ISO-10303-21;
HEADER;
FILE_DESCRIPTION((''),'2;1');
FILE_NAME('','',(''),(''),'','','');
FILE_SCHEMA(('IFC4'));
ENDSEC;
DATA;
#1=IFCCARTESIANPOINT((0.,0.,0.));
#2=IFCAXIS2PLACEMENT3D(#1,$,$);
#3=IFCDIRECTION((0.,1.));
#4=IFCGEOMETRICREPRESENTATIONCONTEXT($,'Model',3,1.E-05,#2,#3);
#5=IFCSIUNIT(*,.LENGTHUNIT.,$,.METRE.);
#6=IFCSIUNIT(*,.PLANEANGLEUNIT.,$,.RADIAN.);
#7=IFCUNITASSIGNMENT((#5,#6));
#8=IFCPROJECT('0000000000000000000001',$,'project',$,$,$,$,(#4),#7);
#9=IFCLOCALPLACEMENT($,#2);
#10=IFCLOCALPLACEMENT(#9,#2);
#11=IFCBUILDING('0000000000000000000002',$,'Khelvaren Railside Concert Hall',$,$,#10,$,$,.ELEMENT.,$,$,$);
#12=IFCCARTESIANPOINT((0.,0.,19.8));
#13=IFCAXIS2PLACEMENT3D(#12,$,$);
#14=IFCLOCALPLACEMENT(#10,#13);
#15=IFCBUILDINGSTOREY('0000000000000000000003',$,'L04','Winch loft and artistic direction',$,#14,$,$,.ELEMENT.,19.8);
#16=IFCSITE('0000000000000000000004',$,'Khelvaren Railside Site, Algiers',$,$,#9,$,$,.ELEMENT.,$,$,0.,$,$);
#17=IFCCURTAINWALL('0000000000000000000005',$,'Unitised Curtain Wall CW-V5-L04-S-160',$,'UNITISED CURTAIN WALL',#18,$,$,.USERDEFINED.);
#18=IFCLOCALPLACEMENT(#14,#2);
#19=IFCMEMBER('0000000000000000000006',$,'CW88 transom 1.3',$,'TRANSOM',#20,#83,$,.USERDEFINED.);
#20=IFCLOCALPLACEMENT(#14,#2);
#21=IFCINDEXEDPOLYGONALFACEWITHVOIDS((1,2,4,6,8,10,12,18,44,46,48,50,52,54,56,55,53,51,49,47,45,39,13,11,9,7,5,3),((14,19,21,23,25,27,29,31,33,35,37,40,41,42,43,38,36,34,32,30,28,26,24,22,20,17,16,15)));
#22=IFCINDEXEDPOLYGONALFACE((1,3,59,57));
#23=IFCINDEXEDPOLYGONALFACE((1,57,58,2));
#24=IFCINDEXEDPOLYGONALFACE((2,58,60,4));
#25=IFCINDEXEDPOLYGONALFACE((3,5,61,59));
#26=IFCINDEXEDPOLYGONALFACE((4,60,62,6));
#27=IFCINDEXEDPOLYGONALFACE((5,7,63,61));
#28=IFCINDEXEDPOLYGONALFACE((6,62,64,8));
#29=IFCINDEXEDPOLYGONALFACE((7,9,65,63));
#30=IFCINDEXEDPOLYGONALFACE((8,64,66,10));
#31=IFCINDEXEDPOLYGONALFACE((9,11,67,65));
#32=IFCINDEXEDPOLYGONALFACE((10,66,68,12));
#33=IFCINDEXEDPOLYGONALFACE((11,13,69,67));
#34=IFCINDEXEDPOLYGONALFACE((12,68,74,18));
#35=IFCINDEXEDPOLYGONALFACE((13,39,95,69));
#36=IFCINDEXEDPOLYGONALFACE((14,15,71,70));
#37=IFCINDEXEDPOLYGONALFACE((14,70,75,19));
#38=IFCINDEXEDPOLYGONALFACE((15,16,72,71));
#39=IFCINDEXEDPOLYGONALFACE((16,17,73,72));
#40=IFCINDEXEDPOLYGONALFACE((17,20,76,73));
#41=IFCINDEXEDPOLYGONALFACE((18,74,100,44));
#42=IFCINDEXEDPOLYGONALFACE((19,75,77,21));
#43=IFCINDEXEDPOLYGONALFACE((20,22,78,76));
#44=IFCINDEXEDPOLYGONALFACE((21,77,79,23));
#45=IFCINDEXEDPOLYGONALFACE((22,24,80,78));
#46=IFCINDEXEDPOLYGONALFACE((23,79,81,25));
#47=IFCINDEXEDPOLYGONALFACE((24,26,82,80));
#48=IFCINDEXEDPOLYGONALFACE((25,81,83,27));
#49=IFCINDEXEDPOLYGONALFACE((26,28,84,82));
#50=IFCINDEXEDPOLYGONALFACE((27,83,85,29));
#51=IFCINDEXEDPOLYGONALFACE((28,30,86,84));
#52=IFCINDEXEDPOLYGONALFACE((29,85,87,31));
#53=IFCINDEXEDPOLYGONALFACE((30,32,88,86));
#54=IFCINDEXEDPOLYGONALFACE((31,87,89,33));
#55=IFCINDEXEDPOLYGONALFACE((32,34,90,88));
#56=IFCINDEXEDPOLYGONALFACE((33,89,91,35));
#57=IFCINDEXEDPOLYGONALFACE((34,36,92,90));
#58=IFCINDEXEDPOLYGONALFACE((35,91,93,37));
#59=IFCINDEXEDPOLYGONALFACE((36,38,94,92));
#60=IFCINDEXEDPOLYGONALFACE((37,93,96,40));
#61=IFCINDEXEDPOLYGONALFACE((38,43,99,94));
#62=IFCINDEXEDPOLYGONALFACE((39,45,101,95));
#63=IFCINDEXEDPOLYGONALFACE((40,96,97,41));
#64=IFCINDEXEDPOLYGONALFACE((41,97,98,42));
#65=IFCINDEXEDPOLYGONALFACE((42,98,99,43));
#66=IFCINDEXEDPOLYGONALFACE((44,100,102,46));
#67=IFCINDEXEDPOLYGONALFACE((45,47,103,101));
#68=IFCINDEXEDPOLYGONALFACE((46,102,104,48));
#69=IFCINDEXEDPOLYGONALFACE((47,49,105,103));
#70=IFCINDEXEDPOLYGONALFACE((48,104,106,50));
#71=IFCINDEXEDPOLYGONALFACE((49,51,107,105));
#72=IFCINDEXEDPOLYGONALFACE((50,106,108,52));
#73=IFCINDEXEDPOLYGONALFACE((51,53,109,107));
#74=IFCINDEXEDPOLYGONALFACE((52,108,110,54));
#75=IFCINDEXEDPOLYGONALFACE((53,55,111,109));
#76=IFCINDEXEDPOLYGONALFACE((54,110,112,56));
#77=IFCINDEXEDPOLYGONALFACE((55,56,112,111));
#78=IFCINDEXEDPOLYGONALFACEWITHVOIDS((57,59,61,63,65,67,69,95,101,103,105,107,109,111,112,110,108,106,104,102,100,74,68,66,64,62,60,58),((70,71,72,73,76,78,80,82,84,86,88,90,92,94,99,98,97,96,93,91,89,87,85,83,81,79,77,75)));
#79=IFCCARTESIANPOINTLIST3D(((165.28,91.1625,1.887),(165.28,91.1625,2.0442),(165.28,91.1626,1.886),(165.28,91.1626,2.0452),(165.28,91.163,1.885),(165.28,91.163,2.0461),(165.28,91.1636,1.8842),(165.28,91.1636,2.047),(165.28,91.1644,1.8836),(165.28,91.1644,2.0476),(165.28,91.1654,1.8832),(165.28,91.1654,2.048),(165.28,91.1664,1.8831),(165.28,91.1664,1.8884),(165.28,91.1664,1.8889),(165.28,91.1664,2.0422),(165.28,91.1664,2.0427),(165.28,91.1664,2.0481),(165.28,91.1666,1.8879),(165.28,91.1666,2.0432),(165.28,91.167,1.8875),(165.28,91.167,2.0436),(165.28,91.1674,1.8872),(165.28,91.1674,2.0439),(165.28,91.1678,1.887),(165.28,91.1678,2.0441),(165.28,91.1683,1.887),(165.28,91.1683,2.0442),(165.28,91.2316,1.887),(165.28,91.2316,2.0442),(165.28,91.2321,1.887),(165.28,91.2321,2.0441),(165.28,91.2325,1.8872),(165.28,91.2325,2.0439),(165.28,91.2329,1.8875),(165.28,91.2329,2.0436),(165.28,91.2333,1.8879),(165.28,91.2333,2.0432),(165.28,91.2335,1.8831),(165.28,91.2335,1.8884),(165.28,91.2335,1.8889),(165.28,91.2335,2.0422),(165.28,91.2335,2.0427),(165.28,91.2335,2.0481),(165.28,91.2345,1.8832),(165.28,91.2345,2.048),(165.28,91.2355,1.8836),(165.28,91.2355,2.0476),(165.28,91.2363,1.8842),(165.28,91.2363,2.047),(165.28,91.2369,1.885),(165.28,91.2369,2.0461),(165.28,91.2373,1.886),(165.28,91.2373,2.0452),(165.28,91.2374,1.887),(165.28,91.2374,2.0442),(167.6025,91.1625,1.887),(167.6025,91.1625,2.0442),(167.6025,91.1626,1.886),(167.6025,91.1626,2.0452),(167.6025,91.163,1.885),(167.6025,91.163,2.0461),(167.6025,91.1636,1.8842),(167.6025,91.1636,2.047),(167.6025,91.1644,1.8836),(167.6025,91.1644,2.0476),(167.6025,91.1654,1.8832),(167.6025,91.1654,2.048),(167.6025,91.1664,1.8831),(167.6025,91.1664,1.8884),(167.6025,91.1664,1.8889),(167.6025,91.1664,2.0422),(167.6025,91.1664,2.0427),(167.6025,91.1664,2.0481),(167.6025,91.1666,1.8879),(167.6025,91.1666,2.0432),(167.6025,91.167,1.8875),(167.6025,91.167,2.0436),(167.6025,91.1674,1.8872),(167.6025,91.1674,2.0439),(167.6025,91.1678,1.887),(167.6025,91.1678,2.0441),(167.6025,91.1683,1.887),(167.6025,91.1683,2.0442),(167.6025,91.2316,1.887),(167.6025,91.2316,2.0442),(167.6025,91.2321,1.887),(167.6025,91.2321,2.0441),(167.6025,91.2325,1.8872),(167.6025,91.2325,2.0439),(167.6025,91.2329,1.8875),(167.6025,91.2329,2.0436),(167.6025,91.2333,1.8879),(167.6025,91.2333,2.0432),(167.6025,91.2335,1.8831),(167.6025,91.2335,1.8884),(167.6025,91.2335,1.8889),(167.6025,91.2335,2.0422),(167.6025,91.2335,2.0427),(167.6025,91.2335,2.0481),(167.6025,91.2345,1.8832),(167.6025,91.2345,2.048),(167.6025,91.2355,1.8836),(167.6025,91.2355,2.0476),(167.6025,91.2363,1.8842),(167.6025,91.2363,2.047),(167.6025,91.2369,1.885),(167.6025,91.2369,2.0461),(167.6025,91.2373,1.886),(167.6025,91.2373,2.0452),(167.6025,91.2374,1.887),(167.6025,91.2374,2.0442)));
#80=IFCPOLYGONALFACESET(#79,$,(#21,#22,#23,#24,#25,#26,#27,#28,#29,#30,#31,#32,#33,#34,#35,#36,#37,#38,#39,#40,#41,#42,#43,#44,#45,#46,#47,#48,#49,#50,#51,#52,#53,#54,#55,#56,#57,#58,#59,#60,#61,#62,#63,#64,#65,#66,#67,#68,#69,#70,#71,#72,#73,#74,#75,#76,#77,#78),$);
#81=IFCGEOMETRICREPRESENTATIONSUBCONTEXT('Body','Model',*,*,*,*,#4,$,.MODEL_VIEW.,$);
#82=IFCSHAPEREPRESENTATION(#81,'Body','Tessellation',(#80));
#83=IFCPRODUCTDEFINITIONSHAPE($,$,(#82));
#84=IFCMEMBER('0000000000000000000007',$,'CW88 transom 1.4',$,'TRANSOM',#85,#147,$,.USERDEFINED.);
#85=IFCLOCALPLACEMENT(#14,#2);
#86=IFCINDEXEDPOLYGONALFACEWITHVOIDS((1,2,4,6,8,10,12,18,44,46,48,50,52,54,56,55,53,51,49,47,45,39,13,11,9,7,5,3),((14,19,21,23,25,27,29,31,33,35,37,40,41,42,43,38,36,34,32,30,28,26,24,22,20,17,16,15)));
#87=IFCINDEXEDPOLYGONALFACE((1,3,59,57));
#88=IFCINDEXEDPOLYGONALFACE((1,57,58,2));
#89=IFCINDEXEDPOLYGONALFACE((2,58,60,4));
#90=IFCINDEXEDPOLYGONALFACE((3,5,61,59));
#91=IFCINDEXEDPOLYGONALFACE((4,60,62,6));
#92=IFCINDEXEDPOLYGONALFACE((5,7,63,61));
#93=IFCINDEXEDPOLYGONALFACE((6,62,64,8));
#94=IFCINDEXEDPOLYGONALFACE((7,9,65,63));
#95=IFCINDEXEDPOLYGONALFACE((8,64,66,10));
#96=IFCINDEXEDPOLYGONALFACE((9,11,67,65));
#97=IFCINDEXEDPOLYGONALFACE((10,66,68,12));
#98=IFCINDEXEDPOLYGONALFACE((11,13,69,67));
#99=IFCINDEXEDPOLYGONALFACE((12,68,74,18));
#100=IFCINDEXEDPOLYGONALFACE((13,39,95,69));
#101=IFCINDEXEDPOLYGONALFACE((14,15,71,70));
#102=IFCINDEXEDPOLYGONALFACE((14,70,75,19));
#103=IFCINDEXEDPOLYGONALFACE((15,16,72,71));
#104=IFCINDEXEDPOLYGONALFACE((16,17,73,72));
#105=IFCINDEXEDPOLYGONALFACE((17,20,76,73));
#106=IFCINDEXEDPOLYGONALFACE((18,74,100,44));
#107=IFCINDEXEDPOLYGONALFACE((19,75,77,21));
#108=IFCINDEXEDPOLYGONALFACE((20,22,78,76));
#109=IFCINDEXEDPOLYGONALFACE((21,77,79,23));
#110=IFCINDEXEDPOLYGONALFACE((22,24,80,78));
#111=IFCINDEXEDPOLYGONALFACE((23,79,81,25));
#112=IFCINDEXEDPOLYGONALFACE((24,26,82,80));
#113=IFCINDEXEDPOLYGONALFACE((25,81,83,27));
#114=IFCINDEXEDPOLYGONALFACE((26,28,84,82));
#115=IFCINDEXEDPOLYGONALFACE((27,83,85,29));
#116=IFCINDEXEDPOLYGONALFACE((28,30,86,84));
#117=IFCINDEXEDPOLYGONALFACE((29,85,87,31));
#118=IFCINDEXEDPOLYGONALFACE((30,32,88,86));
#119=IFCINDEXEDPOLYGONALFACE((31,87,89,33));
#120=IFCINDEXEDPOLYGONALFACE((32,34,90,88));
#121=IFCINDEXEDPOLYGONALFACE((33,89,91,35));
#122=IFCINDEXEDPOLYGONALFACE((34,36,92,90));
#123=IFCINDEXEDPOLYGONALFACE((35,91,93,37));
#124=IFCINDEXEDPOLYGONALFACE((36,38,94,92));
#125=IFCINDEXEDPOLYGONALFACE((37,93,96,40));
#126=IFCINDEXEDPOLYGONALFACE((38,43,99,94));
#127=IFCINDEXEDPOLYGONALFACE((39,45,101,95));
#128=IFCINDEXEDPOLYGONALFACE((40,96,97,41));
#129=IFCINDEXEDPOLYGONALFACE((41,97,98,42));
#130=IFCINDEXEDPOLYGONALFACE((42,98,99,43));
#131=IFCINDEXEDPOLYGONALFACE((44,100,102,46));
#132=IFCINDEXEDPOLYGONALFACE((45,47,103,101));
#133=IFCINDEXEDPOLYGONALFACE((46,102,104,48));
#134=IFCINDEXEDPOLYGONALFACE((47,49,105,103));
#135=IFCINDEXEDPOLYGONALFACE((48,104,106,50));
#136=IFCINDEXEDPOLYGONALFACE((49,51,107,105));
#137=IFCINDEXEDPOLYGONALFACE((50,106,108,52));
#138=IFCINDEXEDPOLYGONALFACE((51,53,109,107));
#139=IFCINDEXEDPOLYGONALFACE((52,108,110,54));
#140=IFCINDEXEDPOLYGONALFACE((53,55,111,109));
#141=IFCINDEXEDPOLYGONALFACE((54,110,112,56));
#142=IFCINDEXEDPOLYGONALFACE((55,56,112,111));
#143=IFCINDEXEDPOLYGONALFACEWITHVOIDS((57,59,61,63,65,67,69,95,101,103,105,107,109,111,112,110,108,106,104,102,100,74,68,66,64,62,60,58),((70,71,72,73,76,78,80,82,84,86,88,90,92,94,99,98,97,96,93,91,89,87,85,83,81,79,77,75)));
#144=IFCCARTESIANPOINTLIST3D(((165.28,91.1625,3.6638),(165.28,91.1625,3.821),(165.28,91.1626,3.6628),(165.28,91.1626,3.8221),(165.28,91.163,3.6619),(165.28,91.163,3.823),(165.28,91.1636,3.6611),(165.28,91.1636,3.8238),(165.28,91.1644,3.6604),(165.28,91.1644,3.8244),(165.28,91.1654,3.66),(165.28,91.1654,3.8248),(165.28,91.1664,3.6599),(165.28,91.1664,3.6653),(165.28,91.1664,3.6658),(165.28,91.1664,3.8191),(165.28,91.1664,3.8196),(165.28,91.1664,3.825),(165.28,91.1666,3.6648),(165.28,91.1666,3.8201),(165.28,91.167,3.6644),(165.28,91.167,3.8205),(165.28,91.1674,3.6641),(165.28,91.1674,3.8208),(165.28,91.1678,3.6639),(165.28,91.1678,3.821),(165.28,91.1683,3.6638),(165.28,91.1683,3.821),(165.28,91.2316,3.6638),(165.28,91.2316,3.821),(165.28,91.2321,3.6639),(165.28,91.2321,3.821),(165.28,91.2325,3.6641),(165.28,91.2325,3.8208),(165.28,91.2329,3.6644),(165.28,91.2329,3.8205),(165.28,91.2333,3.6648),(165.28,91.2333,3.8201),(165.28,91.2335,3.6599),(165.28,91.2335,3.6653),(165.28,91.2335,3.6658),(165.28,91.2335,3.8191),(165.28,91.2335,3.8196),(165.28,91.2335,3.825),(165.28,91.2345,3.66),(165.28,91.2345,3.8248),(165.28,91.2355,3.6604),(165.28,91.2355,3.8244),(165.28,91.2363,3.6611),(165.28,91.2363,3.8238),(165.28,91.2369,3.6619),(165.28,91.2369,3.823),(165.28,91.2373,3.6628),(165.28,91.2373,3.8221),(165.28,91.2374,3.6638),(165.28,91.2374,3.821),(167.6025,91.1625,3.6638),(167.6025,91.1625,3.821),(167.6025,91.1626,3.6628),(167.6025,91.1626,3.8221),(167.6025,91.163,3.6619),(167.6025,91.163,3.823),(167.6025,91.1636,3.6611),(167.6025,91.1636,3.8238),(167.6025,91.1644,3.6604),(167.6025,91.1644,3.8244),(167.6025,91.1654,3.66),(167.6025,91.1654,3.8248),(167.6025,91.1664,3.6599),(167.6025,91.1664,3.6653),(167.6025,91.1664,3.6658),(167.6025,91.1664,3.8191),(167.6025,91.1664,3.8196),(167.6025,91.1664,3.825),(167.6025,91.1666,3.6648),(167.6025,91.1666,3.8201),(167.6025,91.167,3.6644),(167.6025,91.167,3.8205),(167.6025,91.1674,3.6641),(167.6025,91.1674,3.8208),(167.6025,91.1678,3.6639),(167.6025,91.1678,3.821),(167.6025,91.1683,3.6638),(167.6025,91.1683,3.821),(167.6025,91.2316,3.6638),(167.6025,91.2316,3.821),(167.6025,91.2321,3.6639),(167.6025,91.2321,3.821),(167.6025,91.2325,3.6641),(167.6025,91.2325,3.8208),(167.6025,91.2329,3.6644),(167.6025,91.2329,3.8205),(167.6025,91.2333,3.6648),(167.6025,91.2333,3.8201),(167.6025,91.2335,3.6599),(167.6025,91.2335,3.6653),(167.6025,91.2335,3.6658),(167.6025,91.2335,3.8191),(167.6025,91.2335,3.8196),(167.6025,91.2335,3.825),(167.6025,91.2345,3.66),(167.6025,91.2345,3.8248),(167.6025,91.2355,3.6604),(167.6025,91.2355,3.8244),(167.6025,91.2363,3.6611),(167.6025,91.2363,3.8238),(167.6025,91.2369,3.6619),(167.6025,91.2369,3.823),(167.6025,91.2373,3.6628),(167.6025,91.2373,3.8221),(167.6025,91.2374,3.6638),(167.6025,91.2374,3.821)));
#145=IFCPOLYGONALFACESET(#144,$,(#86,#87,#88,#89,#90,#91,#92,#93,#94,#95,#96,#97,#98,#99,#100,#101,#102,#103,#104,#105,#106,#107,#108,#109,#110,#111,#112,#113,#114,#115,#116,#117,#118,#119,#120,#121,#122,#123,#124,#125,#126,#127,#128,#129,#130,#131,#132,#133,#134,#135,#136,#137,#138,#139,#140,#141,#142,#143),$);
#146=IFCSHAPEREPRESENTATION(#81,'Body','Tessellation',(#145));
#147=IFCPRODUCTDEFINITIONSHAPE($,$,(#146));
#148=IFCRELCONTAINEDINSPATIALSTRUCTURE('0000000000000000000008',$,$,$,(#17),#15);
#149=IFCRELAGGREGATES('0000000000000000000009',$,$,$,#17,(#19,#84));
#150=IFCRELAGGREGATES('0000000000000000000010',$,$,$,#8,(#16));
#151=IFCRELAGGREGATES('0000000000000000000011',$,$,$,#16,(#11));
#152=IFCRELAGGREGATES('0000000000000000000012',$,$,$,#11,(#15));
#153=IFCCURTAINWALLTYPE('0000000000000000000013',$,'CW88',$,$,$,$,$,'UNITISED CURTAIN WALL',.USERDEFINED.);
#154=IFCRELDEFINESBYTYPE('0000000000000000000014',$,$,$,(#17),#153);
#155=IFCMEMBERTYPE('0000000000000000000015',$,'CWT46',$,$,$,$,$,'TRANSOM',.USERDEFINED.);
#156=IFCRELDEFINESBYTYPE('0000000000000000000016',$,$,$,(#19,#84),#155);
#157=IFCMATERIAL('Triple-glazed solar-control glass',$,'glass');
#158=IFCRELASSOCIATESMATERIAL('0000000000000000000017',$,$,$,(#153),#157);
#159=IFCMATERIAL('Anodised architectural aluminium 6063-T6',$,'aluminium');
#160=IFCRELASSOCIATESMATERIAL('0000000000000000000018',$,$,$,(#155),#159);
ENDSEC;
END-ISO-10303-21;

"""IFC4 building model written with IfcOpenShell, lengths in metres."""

from ifc_helpers import new_model, si_unit, direction, frame, origin, origin_2d, place, context, subcontext, project, spatial, hollow_rectangle, extrude, material, material_profile, profile_set, type_object, element, aggregate, save


model = new_model("IFC4")

# Units and contexts
model_context = context("Model", 3, precision=1e-05, world=origin(), true_north=direction((0.0, 1.0)))
body_context = subcontext(model_context, "Body", "Model", "MODEL_VIEW")
ifc_project = project(units=[si_unit("LENGTHUNIT", "METRE"), si_unit("PLANEANGLEUNIT", "RADIAN")], contexts=[model_context])

# Site, building, storey
site_placement = place(None, origin())
site = spatial("IfcSite", under=ifc_project, at=site_placement, Name="Khelvaren Railside Site, Algiers", CompositionType="ELEMENT", RefElevation=0.0)
building_placement = place(site_placement, origin())
building = spatial("IfcBuilding", under=site, at=building_placement, Name="Khelvaren Railside Concert Hall", CompositionType="ELEMENT")
storey_placement = place(building_placement, frame((0.0, 0.0, 19.8)))
storey = spatial("IfcBuildingStorey", under=building, at=storey_placement, Name="L04", Description="Winch loft and artistic direction", CompositionType="ELEMENT", Elevation=19.8)

# Curtain wall
ifc_material_1 = material(Name="Triple-glazed solar-control glass", Category="glass")
curtain_wall_type_1 = type_object("IfcCurtainWallType", Name="CW88", ElementType="UNITISED CURTAIN WALL", PredefinedType="USERDEFINED", material=ifc_material_1)
curtain_wall_1_placement = place(storey_placement, origin())
curtain_wall_1 = element("IfcCurtainWall", 1, at=curtain_wall_1_placement, inside=storey, type_object=curtain_wall_type_1, Name="Unitised Curtain Wall CW-V5-L04-S-160", ObjectType="UNITISED CURTAIN WALL", PredefinedType="USERDEFINED")
ifc_material_2 = material(Name="Anodised architectural aluminium 6063-T6", Category="aluminium")

# Members
ifc_material_profile_1 = material_profile(ifc_material_2, hollow_rectangle(XDim=0.075, YDim=0.165, WallThickness=0.0039, InnerFilletRadius=0.002, OuterFilletRadius=0.0039, at=origin_2d()), Name="CWT 75x165x4")
ifc_profile_set_1 = profile_set([ifc_material_profile_1], Name="Anodised architectural aluminium 6063-T6")
member_type_1 = type_object("IfcMemberType", Name="CWT46", ElementType="TRANSOM", PredefinedType="USERDEFINED", material=ifc_profile_set_1)
member_1_placement = place(storey_placement, frame((167.6025, 91.2, 1.9656), z_axis=(-1.0, 0.0, 0.0), x_axis=(0.0, -1.0, 0.0)))
member_1 = element("IfcMember", 2, at=member_1_placement, type_object=member_type_1, Name="CW88 transom 1.3", ObjectType="TRANSOM", PredefinedType="USERDEFINED", context=body_context, shape_type="SweptSolid", body=[
    extrude(hollow_rectangle(XDim=0.075, YDim=0.165, WallThickness=0.0039, InnerFilletRadius=0.002, OuterFilletRadius=0.0039, at=origin_2d()), origin(), (0.0, 0.0, 1.0), 2.3225),
])
member_2_placement = place(storey_placement, frame((167.6025, 91.2, 3.7424), z_axis=(-1.0, 0.0, 0.0), x_axis=(0.0, -1.0, 0.0)))
member_2 = element("IfcMember", 3, at=member_2_placement, type_object=member_type_1, Name="CW88 transom 1.4", ObjectType="TRANSOM", PredefinedType="USERDEFINED", context=body_context, shape_type="SweptSolid", body=[
    extrude(hollow_rectangle(XDim=0.075, YDim=0.165, WallThickness=0.0039, InnerFilletRadius=0.002, OuterFilletRadius=0.0039, at=origin_2d()), origin(), (0.0, 0.0, 1.0), 2.3225),
])

aggregate(curtain_wall_1, [member_1, member_2])

save(model, "model.ifc")
